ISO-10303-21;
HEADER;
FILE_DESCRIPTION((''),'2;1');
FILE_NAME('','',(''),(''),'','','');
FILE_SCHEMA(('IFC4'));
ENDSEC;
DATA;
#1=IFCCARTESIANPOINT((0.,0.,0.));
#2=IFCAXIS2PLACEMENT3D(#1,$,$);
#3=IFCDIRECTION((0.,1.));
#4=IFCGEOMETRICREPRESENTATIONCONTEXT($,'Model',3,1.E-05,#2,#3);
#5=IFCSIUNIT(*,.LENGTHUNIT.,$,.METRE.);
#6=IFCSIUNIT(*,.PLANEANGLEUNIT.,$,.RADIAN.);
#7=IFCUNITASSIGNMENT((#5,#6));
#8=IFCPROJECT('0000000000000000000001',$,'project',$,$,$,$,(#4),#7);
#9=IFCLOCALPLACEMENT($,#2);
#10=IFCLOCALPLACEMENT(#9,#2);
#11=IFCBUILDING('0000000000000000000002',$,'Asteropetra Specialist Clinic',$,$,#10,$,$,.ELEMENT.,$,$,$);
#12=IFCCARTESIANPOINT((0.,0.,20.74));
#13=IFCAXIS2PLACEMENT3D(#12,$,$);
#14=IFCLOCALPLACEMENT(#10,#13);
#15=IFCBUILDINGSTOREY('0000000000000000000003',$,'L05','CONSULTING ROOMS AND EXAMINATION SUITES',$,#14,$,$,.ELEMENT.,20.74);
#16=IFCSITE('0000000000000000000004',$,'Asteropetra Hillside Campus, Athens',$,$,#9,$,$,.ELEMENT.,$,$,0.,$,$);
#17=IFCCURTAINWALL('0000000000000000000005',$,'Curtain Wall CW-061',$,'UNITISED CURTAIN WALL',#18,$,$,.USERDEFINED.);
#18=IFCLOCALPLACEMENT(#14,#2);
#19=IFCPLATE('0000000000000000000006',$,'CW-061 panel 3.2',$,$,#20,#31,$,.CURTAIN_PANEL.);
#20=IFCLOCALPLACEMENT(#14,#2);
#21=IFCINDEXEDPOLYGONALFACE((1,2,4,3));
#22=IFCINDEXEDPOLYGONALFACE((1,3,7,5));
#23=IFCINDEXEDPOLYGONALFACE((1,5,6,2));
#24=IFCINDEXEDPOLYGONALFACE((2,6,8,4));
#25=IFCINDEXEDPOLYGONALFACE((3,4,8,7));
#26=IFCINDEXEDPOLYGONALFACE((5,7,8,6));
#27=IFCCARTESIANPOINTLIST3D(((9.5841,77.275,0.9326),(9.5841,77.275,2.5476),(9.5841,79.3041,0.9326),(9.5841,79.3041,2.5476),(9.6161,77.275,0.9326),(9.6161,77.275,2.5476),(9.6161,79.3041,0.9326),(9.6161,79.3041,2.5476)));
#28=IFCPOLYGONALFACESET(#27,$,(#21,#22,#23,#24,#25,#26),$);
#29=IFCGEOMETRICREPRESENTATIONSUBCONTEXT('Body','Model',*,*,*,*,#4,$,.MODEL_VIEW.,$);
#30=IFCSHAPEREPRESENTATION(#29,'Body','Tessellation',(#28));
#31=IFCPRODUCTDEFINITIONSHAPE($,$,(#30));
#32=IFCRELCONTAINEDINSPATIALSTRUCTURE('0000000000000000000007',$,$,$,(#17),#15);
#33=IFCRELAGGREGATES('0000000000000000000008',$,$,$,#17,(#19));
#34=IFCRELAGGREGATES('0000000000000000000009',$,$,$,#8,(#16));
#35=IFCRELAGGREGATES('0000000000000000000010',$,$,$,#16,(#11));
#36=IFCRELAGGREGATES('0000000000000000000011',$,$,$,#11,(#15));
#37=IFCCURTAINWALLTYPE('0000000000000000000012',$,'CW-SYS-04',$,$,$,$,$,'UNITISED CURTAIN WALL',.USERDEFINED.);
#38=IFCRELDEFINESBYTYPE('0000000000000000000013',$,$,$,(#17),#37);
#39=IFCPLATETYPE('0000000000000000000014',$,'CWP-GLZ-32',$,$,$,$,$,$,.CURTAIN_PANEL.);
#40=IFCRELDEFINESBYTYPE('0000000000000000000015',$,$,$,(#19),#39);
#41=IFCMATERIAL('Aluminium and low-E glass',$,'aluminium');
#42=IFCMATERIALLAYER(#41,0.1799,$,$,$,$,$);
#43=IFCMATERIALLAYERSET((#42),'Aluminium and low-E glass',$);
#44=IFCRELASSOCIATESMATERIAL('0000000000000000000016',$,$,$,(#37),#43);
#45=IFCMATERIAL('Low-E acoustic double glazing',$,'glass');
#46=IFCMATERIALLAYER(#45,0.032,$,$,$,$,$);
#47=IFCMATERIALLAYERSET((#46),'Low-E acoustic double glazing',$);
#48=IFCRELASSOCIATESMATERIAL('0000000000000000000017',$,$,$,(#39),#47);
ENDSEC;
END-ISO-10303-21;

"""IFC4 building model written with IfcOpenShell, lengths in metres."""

from ifc_helpers import new_model, si_unit, direction, frame, origin, origin_2d, place, context, subcontext, project, spatial, rectangle, extrude, material, layer, layer_set, type_object, element, aggregate, save


model = new_model("IFC4")

# Units and contexts
model_context = context("Model", 3, precision=1e-05, world=origin(), true_north=direction((0.0, 1.0)))
body_context = subcontext(model_context, "Body", "Model", "MODEL_VIEW")
ifc_project = project(units=[si_unit("LENGTHUNIT", "METRE"), si_unit("PLANEANGLEUNIT", "RADIAN")], contexts=[model_context])

# Site, building, storey
site_placement = place(None, origin())
site = spatial("IfcSite", under=ifc_project, at=site_placement, Name="Asteropetra Hillside Campus, Athens", CompositionType="ELEMENT", RefElevation=0.0)
building_placement = place(site_placement, origin())
building = spatial("IfcBuilding", under=site, at=building_placement, Name="Asteropetra Specialist Clinic", CompositionType="ELEMENT")
storey_placement = place(building_placement, frame((0.0, 0.0, 20.74)))
storey = spatial("IfcBuildingStorey", under=building, at=storey_placement, Name="L05", Description="CONSULTING ROOMS AND EXAMINATION SUITES", CompositionType="ELEMENT", Elevation=20.74)

# Curtain wall
ifc_material_1 = material(Name="Aluminium and low-E glass", Category="aluminium")
ifc_layer_1 = layer(ifc_material_1, 0.1799)
ifc_layer_set_1 = layer_set([ifc_layer_1], Name="Aluminium and low-E glass")
curtain_wall_type_1 = type_object("IfcCurtainWallType", Name="CW-SYS-04", ElementType="UNITISED CURTAIN WALL", PredefinedType="USERDEFINED", material=ifc_layer_set_1)
curtain_wall_1_placement = place(storey_placement, origin())
curtain_wall_1 = element("IfcCurtainWall", 1, at=curtain_wall_1_placement, inside=storey, type_object=curtain_wall_type_1, Name="Curtain Wall CW-061", ObjectType="UNITISED CURTAIN WALL", PredefinedType="USERDEFINED")

# Plate
ifc_material_2 = material(Name="Low-E acoustic double glazing", Category="glass")
ifc_layer_2 = layer(ifc_material_2, 0.032)
ifc_layer_set_2 = layer_set([ifc_layer_2], Name="Low-E acoustic double glazing")
plate_type = type_object("IfcPlateType", Name="CWP-GLZ-32", PredefinedType="CURTAIN_PANEL", material=ifc_layer_set_2)
plate_1_placement = place(storey_placement, frame((9.6001, 78.2896, 0.9326), z_axis=(0.0, 0.0, 1.0), x_axis=(0.0, -1.0, 0.0)))
plate_1 = element("IfcPlate", 2, at=plate_1_placement, type_object=plate_type, Name="CW-061 panel 3.2", PredefinedType="CURTAIN_PANEL", context=body_context, shape_type="SweptSolid", body=[
    extrude(rectangle(XDim=2.0291, YDim=0.032, at=origin_2d()), origin(), (0.0, 0.0, 1.0), 1.615),
])
aggregate(curtain_wall_1, [plate_1])

save(model, "model.ifc")
